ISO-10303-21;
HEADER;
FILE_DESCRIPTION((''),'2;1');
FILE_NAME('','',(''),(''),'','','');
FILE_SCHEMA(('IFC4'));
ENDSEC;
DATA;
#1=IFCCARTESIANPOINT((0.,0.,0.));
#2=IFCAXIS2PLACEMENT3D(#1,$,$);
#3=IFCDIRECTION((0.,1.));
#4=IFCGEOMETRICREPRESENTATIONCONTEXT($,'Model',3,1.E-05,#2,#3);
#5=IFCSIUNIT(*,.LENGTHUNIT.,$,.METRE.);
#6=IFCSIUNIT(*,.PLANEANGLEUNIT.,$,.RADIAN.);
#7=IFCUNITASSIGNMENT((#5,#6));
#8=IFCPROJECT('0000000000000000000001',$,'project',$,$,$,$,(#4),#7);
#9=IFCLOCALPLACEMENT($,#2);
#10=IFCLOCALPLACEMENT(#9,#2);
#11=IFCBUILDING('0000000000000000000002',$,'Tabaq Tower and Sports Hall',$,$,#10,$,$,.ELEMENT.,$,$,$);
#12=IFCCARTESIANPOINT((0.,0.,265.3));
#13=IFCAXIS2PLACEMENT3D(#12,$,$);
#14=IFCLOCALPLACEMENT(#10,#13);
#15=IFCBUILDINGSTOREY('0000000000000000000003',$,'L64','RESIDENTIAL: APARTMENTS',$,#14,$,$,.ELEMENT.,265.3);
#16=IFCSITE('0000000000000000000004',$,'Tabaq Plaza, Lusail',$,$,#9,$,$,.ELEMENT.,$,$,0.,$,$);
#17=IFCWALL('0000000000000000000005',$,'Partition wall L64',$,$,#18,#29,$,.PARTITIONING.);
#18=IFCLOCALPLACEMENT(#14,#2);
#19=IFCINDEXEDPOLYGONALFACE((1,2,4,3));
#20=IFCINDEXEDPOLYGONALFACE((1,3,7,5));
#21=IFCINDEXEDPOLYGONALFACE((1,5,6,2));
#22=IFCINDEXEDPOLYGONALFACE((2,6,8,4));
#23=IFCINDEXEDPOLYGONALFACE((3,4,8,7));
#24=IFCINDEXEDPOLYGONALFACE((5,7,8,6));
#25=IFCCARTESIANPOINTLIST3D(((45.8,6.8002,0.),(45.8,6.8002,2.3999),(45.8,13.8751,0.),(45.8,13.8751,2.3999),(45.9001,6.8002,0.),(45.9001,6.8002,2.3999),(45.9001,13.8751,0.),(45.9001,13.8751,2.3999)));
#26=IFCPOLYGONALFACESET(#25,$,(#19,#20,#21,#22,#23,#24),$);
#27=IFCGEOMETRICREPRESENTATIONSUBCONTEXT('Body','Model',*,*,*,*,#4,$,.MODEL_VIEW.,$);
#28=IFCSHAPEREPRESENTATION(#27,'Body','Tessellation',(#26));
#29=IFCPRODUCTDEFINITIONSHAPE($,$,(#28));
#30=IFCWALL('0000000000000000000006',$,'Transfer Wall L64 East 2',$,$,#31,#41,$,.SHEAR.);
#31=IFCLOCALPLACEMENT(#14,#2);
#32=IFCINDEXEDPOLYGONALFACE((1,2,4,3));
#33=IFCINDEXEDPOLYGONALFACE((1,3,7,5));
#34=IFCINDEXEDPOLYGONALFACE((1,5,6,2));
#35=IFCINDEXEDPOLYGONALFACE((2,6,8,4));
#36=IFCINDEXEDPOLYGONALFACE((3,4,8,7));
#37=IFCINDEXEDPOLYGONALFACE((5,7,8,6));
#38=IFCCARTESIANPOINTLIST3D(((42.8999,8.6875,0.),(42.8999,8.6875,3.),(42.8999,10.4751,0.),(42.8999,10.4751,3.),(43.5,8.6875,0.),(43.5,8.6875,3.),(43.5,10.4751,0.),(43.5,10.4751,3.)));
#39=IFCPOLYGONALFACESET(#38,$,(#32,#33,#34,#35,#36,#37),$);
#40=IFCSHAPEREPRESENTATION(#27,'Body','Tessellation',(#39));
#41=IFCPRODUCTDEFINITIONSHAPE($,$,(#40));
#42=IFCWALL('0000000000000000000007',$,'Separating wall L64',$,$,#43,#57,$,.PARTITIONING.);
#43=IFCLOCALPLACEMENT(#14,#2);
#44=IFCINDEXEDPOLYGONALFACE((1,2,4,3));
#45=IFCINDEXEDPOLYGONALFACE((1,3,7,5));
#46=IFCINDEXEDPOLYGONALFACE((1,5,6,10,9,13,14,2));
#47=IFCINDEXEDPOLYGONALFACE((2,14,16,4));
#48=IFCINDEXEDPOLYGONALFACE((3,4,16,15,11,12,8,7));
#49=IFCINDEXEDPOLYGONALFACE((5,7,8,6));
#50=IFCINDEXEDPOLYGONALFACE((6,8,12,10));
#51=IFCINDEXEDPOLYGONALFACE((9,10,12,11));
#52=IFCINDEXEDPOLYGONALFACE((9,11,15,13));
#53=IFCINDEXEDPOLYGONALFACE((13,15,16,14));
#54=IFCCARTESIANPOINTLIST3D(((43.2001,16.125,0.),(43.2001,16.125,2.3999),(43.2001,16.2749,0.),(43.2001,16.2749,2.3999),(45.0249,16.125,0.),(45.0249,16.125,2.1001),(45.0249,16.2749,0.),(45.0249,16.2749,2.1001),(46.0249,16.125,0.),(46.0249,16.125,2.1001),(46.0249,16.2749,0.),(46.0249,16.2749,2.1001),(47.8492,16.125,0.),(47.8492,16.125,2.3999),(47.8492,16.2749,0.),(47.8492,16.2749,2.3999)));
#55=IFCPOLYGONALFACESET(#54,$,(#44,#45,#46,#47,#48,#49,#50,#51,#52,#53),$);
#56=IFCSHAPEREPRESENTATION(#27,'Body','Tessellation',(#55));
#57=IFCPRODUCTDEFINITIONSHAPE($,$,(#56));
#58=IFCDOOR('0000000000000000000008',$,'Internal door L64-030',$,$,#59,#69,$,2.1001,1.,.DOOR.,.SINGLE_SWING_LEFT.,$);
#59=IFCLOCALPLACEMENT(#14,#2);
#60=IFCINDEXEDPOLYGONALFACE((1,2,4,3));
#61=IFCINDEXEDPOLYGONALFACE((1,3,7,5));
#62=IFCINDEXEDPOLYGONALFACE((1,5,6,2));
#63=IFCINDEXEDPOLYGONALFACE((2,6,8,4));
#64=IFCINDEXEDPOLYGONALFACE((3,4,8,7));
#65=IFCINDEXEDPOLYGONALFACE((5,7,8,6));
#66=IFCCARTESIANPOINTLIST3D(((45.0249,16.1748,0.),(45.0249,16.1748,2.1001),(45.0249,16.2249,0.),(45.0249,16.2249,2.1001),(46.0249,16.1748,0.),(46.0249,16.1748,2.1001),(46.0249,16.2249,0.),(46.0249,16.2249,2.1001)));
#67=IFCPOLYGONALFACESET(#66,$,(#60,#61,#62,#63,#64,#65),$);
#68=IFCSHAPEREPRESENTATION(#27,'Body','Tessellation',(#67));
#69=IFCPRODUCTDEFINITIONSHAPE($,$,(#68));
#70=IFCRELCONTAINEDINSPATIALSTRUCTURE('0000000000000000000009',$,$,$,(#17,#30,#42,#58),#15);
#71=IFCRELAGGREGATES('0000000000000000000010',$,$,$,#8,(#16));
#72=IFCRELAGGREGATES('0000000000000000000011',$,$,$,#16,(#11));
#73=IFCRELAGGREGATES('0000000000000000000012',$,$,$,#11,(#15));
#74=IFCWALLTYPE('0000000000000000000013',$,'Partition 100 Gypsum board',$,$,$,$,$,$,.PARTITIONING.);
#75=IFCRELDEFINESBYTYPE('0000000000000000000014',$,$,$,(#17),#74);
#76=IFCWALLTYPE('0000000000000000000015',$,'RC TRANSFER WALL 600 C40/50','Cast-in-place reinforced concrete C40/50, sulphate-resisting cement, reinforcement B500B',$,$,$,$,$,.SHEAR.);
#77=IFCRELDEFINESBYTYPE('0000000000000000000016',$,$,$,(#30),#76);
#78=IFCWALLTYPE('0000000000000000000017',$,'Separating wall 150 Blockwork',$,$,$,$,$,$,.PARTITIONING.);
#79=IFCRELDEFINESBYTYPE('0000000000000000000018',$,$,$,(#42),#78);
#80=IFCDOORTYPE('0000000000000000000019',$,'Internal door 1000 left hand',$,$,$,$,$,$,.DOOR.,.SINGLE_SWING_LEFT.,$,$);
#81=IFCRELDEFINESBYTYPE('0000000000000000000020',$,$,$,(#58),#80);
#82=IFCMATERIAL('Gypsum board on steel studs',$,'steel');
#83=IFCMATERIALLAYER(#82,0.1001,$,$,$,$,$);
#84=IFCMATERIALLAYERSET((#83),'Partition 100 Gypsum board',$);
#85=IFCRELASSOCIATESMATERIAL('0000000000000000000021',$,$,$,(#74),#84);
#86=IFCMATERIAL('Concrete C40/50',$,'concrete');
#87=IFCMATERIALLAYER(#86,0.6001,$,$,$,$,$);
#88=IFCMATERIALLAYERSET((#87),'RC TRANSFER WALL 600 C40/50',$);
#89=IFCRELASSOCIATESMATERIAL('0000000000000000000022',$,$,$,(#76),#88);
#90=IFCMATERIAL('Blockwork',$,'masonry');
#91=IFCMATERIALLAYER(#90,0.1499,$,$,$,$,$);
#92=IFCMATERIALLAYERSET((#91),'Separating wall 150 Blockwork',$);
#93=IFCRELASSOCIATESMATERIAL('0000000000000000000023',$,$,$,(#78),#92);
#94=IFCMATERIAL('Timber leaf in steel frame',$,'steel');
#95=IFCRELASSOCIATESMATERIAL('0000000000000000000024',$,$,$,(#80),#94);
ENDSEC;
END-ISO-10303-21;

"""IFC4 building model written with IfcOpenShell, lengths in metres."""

from ifc_helpers import new_model, si_unit, direction, frame, frame_2d, origin, place, context, subcontext, project, spatial, rectangle, extrude, material, layer, layer_set, type_object, element, fill, save


model = new_model("IFC4")

# Units and contexts
model_context = context("Model", 3, precision=1e-05, world=origin(), true_north=direction((0.0, 1.0)))
body_context = subcontext(model_context, "Body", "Model", "MODEL_VIEW")
ifc_project = project(units=[si_unit("LENGTHUNIT", "METRE"), si_unit("PLANEANGLEUNIT", "RADIAN")], contexts=[model_context])

# Site, building, storey
site_placement = place(None, origin())
site = spatial("IfcSite", under=ifc_project, at=site_placement, Name="Tabaq Plaza, Lusail", CompositionType="ELEMENT", RefElevation=0.0)
building_placement = place(site_placement, origin())
building = spatial("IfcBuilding", under=site, at=building_placement, Name="Tabaq Tower and Sports Hall", CompositionType="ELEMENT")
storey_placement = place(building_placement, frame((0.0, 0.0, 265.3)))
storey = spatial("IfcBuildingStorey", under=building, at=storey_placement, Name="L64", Description="RESIDENTIAL: APARTMENTS", CompositionType="ELEMENT", Elevation=265.3)

# Shared definitions
ifc_material_1 = material(Name="Gypsum board on steel studs", Category="steel")
ifc_layer_1 = layer(ifc_material_1, 0.1001)
ifc_layer_set_1 = layer_set([ifc_layer_1], Name="Partition 100 Gypsum board")
wall_type_1 = type_object("IfcWallType", Name="Partition 100 Gypsum board", PredefinedType="PARTITIONING", material=ifc_layer_set_1)

# Walls
wall_1_placement = place(storey_placement, frame((45.8501, 6.8, 0.0), z_axis=(0.0, 0.0, 1.0), x_axis=(0.0, 1.0, 0.0)))
element("IfcWall", 1, at=wall_1_placement, inside=storey, type_object=wall_type_1, Name="Partition wall L64", PredefinedType="PARTITIONING", context=body_context, shape_type="SweptSolid", body=[
    extrude(rectangle(XDim=7.075, YDim=0.1001, at=frame_2d((3.5376, 0.0))), origin(), (0.0, 0.0, 1.0), 2.3999),
])
ifc_material_2 = material(Name="Concrete C40/50", Category="concrete")
ifc_layer_2 = layer(ifc_material_2, 0.6001)
ifc_layer_set_2 = layer_set([ifc_layer_2], Name="RC TRANSFER WALL 600 C40/50")
wall_type_2 = type_object("IfcWallType", Name="RC TRANSFER WALL 600 C40/50", Description="Cast-in-place reinforced concrete C40/50, sulphate-resisting cement, reinforcement B500B", PredefinedType="SHEAR", material=ifc_layer_set_2)
wall_2_placement = place(storey_placement, frame((43.2, 8.6875, 0.0), z_axis=(0.0, 0.0, 1.0), x_axis=(0.0, 1.0, 0.0)))
element("IfcWall", 2, at=wall_2_placement, inside=storey, type_object=wall_type_2, Name="Transfer Wall L64 East 2", PredefinedType="SHEAR", context=body_context, shape_type="SweptSolid", body=[
    extrude(rectangle(XDim=1.7876, YDim=0.6001, at=frame_2d((0.8938, 0.0))), origin(), (0.0, 0.0, 1.0), 3.0),
])

# Wall, opening, door
ifc_material_3 = material(Name="Blockwork", Category="masonry")
ifc_layer_3 = layer(ifc_material_3, 0.1499)
ifc_layer_set_3 = layer_set([ifc_layer_3], Name="Separating wall 150 Blockwork")
wall_type_3 = type_object("IfcWallType", Name="Separating wall 150 Blockwork", PredefinedType="PARTITIONING", material=ifc_layer_set_3)
wall_3_placement = place(storey_placement, frame((43.2, 16.2, 0.0), z_axis=(0.0, 0.0, 1.0), x_axis=(1.0, 0.0, 0.0)))
wall_3 = element("IfcWall", 3, at=wall_3_placement, inside=storey, type_object=wall_type_3, Name="Separating wall L64", PredefinedType="PARTITIONING", context=body_context, shape_type="SweptSolid", body=[
    extrude(rectangle(XDim=4.6492, YDim=0.1499, at=frame_2d((2.3247, 0.0))), origin(), (0.0, 0.0, 1.0), 2.3999),
])
opening_1_placement = place(wall_3_placement, frame((1.825, 0.0, 0.0)))
opening_1 = element("IfcOpeningElement", 4, at=opening_1_placement, cuts=wall_3, PredefinedType="OPENING", context=body_context, shape_type="SweptSolid", body=[
    extrude(rectangle(XDim=1.0, YDim=2.1001, at=frame_2d((0.5, 1.05))), frame((0.0, 0.075, 0.0), z_axis=(0.0, -1.0, 0.0), x_axis=(1.0, 0.0, 0.0)), (0.0, 0.0, 1.0), 0.1499),
])
ifc_material_4 = material(Name="Timber leaf in steel frame", Category="steel")
door_type_1 = type_object("IfcDoorType", Name="Internal door 1000 left hand", OperationType="SINGLE_SWING_LEFT", PredefinedType="DOOR", material=ifc_material_4)
door_1_placement = place(opening_1_placement, origin())
door_1 = element("IfcDoor", 5, at=door_1_placement, inside=storey, type_object=door_type_1, Name="Internal door L64-030", OperationType="SINGLE_SWING_LEFT", OverallHeight=2.1001, OverallWidth=1.0, PredefinedType="DOOR", context=body_context, shape_type="SweptSolid", body=[
    extrude(rectangle(XDim=1.0, YDim=2.1001, at=frame_2d((0.5, 1.05))), frame((0.0, 0.0249, 0.0), z_axis=(0.0, -1.0, 0.0), x_axis=(1.0, 0.0, 0.0)), (0.0, 0.0, 1.0), 0.05),
])
fill(opening_1, door_1)

save(model, "model.ifc")
